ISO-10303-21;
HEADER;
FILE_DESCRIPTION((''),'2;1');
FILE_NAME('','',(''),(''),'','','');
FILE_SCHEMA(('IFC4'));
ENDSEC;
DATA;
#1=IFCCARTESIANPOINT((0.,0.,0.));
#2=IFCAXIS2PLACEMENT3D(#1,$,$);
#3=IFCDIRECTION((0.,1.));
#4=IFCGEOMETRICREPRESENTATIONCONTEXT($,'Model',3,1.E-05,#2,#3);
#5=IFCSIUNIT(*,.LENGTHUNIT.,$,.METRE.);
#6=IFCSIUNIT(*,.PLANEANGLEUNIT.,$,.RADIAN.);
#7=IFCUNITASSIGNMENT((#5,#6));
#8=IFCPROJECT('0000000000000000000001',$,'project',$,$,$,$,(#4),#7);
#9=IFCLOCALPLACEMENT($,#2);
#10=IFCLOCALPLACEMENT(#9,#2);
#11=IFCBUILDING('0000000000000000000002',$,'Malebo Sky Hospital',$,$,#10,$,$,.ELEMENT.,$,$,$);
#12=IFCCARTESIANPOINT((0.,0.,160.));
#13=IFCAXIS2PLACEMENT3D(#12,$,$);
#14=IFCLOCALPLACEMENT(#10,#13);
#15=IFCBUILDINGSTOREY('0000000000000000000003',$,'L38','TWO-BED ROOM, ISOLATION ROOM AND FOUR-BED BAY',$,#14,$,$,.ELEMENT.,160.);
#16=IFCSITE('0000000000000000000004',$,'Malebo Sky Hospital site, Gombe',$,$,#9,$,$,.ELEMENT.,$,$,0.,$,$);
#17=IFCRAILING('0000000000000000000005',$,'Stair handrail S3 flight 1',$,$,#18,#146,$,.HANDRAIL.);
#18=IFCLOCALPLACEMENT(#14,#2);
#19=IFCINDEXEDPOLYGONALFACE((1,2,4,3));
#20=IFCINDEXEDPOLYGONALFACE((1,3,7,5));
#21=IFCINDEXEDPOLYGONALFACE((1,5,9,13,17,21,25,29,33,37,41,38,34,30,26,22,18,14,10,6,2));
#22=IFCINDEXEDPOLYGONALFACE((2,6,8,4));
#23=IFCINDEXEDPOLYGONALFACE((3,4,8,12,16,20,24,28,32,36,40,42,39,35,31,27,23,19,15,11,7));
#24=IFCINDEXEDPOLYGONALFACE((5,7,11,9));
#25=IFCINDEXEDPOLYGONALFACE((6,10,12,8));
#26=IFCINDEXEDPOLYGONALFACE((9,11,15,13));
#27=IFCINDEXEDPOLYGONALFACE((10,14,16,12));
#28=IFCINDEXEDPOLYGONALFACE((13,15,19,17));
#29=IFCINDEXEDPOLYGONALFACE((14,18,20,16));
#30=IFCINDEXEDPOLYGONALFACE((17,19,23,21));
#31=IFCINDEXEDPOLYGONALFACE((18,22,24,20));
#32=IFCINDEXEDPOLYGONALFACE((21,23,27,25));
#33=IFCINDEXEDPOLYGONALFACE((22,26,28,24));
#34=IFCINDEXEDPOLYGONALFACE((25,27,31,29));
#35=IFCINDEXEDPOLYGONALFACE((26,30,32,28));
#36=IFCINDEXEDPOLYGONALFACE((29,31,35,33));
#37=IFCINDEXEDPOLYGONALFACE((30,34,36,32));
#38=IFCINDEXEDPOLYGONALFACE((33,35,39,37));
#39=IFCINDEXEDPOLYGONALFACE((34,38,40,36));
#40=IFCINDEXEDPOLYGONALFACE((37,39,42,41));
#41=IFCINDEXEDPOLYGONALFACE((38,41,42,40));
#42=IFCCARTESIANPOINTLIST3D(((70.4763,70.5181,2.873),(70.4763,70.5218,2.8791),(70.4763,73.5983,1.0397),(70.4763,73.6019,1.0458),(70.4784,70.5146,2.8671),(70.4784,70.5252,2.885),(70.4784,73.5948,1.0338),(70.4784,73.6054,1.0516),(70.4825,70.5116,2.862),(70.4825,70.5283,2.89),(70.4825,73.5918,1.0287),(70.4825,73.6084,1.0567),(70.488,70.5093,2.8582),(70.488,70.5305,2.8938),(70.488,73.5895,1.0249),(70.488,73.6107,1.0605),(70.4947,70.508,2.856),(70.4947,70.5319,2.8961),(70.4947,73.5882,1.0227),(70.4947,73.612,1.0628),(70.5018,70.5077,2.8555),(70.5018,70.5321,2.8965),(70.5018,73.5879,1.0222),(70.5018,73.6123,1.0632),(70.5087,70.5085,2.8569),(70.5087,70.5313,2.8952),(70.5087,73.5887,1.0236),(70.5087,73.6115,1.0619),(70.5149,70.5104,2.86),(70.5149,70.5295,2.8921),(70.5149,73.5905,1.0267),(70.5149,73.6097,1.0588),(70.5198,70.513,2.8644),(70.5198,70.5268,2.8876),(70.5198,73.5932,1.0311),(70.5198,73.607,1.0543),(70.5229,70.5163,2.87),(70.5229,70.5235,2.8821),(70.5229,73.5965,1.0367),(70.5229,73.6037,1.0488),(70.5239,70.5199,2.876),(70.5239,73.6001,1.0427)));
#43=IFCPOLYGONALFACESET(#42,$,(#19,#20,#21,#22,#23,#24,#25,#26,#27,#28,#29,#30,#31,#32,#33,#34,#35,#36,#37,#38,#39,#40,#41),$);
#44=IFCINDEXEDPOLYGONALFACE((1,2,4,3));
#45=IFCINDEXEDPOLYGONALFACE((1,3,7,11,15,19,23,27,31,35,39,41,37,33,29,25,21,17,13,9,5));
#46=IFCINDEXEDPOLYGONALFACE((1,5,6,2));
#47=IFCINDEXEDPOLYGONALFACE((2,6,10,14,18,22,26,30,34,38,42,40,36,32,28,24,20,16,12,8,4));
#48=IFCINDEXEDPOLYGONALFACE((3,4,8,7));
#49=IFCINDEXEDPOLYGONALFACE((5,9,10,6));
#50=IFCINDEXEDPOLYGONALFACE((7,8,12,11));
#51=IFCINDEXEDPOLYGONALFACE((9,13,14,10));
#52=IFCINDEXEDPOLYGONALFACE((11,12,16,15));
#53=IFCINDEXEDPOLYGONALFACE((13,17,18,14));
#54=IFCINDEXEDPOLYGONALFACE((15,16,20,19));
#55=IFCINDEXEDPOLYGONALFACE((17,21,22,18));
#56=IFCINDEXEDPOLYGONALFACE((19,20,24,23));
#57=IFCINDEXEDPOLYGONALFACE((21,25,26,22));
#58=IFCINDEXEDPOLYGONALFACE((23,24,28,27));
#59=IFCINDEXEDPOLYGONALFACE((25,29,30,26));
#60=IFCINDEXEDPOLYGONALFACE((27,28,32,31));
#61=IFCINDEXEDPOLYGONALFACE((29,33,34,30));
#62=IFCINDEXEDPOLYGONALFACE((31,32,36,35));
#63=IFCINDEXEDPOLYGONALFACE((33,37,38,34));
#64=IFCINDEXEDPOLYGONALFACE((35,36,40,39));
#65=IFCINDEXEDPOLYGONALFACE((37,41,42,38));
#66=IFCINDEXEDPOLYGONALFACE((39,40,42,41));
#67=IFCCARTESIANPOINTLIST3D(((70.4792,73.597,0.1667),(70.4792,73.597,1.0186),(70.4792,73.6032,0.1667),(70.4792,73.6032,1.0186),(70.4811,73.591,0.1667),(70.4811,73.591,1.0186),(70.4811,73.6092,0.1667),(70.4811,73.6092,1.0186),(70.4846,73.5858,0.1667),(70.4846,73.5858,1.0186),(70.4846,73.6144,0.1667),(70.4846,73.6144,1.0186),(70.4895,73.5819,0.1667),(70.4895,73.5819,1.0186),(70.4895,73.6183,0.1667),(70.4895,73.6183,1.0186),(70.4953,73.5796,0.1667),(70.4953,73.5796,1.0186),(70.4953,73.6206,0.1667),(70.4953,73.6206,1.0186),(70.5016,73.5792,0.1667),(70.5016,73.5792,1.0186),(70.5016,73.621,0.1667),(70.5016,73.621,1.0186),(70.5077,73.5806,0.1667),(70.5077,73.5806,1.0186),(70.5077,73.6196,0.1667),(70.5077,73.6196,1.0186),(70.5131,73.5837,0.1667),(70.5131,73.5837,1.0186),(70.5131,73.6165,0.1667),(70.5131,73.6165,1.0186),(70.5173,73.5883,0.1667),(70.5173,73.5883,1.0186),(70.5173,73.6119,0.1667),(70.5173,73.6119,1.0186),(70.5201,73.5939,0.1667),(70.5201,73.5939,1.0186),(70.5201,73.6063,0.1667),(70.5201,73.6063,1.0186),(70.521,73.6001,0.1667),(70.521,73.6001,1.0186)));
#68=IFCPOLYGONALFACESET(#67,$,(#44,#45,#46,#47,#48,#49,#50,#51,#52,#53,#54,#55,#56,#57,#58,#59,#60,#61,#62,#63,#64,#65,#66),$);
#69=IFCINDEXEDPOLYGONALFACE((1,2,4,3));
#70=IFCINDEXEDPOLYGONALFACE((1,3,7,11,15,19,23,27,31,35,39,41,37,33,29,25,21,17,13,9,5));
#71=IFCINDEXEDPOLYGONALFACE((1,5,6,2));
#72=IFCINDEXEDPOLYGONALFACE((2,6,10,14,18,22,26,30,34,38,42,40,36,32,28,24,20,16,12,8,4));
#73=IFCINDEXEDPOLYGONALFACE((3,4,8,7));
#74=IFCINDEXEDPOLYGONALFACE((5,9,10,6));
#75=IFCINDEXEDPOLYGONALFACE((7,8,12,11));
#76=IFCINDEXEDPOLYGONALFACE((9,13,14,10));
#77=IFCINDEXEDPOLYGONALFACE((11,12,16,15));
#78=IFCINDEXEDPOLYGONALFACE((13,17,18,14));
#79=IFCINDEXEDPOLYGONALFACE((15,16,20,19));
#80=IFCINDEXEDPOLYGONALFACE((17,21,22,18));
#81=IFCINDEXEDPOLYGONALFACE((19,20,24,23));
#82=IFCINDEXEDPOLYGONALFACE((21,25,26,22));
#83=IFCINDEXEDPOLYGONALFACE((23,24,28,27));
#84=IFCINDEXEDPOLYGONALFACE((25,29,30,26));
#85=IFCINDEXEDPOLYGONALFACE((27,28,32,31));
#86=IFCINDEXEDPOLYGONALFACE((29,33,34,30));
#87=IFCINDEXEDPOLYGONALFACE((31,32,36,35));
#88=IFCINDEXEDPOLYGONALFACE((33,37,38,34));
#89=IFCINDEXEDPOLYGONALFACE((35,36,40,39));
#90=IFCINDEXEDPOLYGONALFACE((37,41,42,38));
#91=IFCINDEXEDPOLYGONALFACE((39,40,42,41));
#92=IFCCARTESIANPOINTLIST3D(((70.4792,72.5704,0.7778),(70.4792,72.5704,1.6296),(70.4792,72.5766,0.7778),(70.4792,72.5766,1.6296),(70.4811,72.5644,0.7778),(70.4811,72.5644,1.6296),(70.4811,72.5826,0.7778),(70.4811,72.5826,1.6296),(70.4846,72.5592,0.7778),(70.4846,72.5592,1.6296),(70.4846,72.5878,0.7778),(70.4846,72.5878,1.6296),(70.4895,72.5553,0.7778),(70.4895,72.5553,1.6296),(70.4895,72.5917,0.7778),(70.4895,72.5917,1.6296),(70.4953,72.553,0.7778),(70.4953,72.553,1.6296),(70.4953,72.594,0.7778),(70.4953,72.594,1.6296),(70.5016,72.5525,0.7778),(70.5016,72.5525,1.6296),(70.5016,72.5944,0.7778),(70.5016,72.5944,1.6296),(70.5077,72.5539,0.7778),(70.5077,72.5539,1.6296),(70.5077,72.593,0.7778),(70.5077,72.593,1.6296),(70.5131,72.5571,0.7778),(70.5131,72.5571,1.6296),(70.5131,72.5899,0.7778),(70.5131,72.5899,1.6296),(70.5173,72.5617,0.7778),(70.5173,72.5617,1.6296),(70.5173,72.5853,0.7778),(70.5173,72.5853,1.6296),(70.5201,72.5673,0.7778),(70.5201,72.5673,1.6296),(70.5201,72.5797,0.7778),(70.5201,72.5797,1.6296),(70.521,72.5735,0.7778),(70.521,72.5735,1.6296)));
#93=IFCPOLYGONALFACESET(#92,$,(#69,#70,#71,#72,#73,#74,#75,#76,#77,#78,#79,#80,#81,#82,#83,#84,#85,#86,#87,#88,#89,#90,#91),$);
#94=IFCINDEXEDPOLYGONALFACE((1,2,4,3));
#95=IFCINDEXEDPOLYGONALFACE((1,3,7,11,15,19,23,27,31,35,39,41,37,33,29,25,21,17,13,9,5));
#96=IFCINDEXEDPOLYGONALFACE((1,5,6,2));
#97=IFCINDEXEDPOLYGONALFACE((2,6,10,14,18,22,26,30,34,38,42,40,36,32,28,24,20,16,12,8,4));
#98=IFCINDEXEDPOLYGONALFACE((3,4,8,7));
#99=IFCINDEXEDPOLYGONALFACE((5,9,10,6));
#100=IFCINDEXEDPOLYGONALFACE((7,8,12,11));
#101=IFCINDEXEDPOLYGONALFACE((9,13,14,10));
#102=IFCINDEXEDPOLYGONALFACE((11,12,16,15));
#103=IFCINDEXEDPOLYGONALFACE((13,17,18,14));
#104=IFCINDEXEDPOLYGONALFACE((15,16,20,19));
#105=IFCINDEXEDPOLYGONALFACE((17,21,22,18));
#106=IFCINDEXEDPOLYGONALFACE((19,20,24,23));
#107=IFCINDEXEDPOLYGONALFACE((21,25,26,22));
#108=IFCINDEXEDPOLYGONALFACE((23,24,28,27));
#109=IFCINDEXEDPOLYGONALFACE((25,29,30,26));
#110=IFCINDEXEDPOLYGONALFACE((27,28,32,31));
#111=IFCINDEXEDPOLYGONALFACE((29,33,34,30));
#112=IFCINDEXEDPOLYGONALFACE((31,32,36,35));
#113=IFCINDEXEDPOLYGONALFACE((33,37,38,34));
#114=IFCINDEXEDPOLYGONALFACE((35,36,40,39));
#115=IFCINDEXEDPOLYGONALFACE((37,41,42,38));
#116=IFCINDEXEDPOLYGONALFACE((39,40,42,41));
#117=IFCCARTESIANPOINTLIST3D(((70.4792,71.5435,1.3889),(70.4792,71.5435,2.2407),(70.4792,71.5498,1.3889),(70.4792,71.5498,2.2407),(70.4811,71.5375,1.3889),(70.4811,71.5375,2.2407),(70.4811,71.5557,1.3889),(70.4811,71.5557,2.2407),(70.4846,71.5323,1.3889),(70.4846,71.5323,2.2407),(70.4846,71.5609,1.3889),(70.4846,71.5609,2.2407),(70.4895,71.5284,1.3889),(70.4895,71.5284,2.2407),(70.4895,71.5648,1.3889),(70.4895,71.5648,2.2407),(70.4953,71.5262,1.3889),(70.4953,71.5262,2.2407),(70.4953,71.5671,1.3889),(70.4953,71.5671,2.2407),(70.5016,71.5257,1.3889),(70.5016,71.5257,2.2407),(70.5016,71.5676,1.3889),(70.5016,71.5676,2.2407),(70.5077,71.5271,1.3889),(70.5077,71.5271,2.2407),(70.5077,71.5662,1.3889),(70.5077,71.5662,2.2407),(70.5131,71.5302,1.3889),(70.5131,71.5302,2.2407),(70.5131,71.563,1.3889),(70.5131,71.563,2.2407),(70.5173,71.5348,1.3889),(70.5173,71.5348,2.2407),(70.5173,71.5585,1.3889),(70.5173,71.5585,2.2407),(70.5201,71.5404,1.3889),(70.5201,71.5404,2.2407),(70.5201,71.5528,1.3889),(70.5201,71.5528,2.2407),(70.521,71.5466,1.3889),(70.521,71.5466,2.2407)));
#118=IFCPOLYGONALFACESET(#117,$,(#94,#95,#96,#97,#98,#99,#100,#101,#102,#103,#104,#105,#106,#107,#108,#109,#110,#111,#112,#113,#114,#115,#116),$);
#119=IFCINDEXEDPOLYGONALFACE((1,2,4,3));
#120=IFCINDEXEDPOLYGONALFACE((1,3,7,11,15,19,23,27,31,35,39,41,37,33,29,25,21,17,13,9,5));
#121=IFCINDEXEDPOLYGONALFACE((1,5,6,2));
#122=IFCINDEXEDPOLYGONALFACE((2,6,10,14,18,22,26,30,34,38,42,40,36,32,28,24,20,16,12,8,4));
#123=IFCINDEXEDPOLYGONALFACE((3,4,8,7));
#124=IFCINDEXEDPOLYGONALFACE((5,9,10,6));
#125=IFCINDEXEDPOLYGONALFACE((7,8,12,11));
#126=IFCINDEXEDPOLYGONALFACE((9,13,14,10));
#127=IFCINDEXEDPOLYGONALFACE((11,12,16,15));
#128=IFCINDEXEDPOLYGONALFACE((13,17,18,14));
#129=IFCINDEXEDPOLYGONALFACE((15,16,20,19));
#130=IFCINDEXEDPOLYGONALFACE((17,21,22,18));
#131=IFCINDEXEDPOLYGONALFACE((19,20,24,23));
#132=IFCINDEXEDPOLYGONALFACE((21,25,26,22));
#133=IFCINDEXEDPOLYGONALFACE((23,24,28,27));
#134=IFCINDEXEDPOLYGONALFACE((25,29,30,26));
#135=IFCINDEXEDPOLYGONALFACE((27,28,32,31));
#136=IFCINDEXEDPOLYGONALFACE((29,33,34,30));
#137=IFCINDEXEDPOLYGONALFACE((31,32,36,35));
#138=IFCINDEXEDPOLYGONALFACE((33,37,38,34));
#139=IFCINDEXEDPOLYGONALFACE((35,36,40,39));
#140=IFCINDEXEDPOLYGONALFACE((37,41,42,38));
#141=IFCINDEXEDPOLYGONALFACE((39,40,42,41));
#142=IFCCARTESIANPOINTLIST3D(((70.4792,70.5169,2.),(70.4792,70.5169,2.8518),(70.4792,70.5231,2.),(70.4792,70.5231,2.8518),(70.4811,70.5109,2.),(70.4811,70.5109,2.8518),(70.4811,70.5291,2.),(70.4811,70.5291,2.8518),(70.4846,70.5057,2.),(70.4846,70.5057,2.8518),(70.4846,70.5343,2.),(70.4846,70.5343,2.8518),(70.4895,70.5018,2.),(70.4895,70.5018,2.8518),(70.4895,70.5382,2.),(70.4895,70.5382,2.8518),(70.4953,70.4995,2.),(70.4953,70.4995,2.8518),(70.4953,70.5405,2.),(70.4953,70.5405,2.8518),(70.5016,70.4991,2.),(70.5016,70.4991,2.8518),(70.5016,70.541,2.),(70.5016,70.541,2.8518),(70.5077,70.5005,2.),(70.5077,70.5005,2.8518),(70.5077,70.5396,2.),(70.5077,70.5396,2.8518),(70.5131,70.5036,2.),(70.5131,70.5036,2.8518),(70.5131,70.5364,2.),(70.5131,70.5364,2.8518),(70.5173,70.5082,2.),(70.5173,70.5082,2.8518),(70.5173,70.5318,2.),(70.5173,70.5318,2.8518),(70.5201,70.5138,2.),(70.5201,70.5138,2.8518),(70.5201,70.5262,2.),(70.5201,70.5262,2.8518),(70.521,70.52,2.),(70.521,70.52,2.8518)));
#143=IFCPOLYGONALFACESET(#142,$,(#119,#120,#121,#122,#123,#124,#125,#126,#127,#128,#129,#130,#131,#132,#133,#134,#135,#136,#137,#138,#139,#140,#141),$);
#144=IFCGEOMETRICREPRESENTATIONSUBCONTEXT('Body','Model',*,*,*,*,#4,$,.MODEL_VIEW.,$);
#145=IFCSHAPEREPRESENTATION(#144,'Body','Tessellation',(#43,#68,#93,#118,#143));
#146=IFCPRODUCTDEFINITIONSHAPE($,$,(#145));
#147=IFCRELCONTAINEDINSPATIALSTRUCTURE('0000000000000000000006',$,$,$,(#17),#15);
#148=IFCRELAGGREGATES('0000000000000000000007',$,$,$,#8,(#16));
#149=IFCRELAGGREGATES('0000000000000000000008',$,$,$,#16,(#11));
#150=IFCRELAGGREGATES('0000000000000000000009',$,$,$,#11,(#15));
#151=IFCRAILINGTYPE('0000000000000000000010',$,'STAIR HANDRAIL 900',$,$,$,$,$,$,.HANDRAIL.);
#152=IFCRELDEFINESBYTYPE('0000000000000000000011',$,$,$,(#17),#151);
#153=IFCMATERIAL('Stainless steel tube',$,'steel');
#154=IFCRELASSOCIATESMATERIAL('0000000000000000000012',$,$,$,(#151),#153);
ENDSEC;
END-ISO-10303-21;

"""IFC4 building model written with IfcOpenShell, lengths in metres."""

from ifc_helpers import new_model, si_unit, direction, frame, origin, origin_2d, place, context, subcontext, project, spatial, circle, extrude, material, type_object, element, save


model = new_model("IFC4")

# Units and contexts
model_context = context("Model", 3, precision=1e-05, world=origin(), true_north=direction((0.0, 1.0)))
body_context = subcontext(model_context, "Body", "Model", "MODEL_VIEW")
ifc_project = project(units=[si_unit("LENGTHUNIT", "METRE"), si_unit("PLANEANGLEUNIT", "RADIAN")], contexts=[model_context])

# Site, building, storey
site_placement = place(None, origin())
site = spatial("IfcSite", under=ifc_project, at=site_placement, Name="Malebo Sky Hospital site, Gombe", CompositionType="ELEMENT", RefElevation=0.0)
building_placement = place(site_placement, origin())
building = spatial("IfcBuilding", under=site, at=building_placement, Name="Malebo Sky Hospital", CompositionType="ELEMENT")
storey_placement = place(building_placement, frame((0.0, 0.0, 160.0)))
storey = spatial("IfcBuildingStorey", under=building, at=storey_placement, Name="L38", Description="TWO-BED ROOM, ISOLATION ROOM AND FOUR-BED BAY", CompositionType="ELEMENT", Elevation=160.0)

# Railing
ifc_material_1 = material(Name="Stainless steel tube", Category="steel")
railing_type = type_object("IfcRailingType", Name="STAIR HANDRAIL 900", PredefinedType="HANDRAIL", material=ifc_material_1)
railing_placement = place(storey_placement, frame((70.5, 73.6001, 0.1667)))
element("IfcRailing", 1, at=railing_placement, inside=storey, type_object=railing_type, Name="Stair handrail S3 flight 1", PredefinedType="HANDRAIL", context=body_context, shape_type="SweptSolid", body=[
    extrude(circle(Radius=0.0239, at=origin_2d()), frame((0.0, 0.0, 0.876), z_axis=(0.0, -0.859309, 0.511458), x_axis=(1.0, 0.0, 0.0)), (0.0, 0.0, 1.0), 3.5845),
    extrude(circle(Radius=0.021, at=origin_2d()), origin(), (0.0, 0.0, 1.0), 0.8518),
    extrude(circle(Radius=0.021, at=origin_2d()), frame((0.0, -1.0266, 0.6111)), (0.0, 0.0, 1.0), 0.8518),
    extrude(circle(Radius=0.021, at=origin_2d()), frame((0.0, -2.0535, 1.2222)), (0.0, 0.0, 1.0), 0.8518),
    extrude(circle(Radius=0.021, at=origin_2d()), frame((0.0, -3.0801, 1.8333)), (0.0, 0.0, 1.0), 0.8518),
])

save(model, "model.ifc")
